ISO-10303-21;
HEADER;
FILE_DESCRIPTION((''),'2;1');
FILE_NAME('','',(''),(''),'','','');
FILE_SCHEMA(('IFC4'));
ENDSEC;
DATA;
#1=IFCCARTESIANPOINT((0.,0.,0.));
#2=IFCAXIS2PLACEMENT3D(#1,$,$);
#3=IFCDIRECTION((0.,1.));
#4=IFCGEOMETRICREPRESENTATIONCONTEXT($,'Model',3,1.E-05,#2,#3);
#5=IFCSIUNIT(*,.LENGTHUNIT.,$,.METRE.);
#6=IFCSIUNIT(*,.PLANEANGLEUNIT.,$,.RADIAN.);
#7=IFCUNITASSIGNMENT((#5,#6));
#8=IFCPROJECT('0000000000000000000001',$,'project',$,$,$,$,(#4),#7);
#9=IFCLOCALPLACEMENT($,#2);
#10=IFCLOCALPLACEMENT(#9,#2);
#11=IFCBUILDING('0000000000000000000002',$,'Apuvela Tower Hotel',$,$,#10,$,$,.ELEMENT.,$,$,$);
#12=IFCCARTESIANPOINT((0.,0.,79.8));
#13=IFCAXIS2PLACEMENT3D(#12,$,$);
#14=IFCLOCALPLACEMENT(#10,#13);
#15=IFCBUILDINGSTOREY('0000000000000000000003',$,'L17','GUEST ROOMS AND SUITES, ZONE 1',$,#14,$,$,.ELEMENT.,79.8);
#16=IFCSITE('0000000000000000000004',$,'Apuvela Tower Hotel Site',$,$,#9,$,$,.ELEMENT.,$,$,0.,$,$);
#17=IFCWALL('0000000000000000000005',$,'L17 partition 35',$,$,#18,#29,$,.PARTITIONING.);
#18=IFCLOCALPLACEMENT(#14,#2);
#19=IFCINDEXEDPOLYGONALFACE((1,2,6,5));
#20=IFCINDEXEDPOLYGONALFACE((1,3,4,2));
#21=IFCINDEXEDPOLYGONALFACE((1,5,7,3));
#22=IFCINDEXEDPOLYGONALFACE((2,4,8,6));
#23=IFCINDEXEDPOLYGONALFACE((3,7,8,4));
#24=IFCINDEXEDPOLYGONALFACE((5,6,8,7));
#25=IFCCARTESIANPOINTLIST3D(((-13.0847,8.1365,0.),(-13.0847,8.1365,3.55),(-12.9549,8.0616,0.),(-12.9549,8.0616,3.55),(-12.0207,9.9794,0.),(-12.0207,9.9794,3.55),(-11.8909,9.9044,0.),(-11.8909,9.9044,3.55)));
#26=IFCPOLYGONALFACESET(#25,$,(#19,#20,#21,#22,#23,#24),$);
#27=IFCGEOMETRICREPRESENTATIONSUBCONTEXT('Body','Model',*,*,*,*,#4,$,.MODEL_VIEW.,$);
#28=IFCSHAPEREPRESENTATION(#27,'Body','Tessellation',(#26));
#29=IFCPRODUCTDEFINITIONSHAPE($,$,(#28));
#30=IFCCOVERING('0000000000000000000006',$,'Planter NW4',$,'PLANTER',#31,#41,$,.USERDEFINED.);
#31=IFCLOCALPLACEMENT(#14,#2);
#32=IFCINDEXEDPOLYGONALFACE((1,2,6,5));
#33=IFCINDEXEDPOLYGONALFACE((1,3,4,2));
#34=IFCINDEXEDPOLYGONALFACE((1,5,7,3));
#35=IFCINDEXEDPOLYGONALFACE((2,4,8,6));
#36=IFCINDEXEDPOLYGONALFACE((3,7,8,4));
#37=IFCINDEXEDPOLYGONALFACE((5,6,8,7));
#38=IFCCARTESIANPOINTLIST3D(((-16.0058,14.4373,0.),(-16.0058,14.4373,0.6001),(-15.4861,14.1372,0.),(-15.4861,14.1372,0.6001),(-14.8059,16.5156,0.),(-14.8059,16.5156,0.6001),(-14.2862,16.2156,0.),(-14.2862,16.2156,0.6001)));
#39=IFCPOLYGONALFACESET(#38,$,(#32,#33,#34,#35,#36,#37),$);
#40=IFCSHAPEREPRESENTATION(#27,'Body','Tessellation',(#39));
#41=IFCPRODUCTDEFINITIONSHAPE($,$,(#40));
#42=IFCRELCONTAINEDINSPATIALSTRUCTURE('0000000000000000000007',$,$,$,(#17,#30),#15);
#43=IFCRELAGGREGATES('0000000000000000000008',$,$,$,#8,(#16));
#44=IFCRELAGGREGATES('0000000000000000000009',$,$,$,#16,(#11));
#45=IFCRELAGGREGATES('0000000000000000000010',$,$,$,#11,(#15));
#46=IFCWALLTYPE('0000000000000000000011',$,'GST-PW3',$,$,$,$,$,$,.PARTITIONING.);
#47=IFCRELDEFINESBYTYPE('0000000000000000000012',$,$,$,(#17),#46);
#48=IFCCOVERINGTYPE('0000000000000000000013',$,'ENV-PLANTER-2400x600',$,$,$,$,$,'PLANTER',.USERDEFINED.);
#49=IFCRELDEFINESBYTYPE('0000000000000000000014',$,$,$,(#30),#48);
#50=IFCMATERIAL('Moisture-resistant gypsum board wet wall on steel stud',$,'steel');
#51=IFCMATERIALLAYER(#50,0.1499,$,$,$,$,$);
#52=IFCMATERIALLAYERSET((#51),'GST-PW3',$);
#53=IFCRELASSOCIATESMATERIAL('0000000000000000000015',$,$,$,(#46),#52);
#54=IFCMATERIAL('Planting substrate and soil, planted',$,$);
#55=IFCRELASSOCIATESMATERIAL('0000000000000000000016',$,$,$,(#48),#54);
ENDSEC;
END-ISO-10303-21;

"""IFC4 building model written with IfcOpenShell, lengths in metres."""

from ifc_helpers import new_model, si_unit, direction, frame, frame_2d, origin, origin_2d, place, context, subcontext, project, spatial, rectangle, extrude, material, layer, layer_set, type_object, element, save


model = new_model("IFC4")

# Units and contexts
model_context = context("Model", 3, precision=1e-05, world=origin(), true_north=direction((0.0, 1.0)))
body_context = subcontext(model_context, "Body", "Model", "MODEL_VIEW")
ifc_project = project(units=[si_unit("LENGTHUNIT", "METRE"), si_unit("PLANEANGLEUNIT", "RADIAN")], contexts=[model_context])

# Site, building, storey
site_placement = place(None, origin())
site = spatial("IfcSite", under=ifc_project, at=site_placement, Name="Apuvela Tower Hotel Site", CompositionType="ELEMENT", RefElevation=0.0)
building_placement = place(site_placement, origin())
building = spatial("IfcBuilding", under=site, at=building_placement, Name="Apuvela Tower Hotel", CompositionType="ELEMENT")
storey_placement = place(building_placement, frame((0.0, 0.0, 79.8)))
storey = spatial("IfcBuildingStorey", under=building, at=storey_placement, Name="L17", Description="GUEST ROOMS AND SUITES, ZONE 1", CompositionType="ELEMENT", Elevation=79.8)

# Wall
ifc_material_1 = material(Name="Moisture-resistant gypsum board wet wall on steel stud", Category="steel")
ifc_layer_1 = layer(ifc_material_1, 0.1499)
ifc_layer_set_1 = layer_set([ifc_layer_1], Name="GST-PW3")
wall_type_1 = type_object("IfcWallType", Name="GST-PW3", PredefinedType="PARTITIONING", material=ifc_layer_set_1)
wall_1_placement = place(storey_placement, frame((-11.9558, 9.9419, 0.0), z_axis=(0.0, 0.0, 1.0), x_axis=(-0.500014, -0.866017, 0.0)))
element("IfcWall", 1, at=wall_1_placement, inside=storey, type_object=wall_type_1, Name="L17 partition 35", PredefinedType="PARTITIONING", context=body_context, shape_type="SweptSolid", body=[
    extrude(rectangle(XDim=2.1279, YDim=0.1499, at=frame_2d((1.064, 0.0))), origin(), (0.0, 0.0, 1.0), 3.55),
])

# Covering
ifc_material_2 = material(Name="Planting substrate and soil, planted")
covering_type = type_object("IfcCoveringType", Name="ENV-PLANTER-2400x600", ElementType="PLANTER", PredefinedType="USERDEFINED", material=ifc_material_2)
covering_placement = place(storey_placement, frame((-15.146, 15.3264, 0.0), z_axis=(0.0, 0.0, 1.0), x_axis=(-0.5, -0.866025, 0.0)))
element("IfcCovering", 2, at=covering_placement, inside=storey, type_object=covering_type, Name="Planter NW4", ObjectType="PLANTER", PredefinedType="USERDEFINED", context=body_context, shape_type="SweptSolid", body=[
    extrude(rectangle(XDim=2.3999, YDim=0.6001, at=origin_2d()), origin(), (0.0, 0.0, 1.0), 0.6001),
])

save(model, "model.ifc")
